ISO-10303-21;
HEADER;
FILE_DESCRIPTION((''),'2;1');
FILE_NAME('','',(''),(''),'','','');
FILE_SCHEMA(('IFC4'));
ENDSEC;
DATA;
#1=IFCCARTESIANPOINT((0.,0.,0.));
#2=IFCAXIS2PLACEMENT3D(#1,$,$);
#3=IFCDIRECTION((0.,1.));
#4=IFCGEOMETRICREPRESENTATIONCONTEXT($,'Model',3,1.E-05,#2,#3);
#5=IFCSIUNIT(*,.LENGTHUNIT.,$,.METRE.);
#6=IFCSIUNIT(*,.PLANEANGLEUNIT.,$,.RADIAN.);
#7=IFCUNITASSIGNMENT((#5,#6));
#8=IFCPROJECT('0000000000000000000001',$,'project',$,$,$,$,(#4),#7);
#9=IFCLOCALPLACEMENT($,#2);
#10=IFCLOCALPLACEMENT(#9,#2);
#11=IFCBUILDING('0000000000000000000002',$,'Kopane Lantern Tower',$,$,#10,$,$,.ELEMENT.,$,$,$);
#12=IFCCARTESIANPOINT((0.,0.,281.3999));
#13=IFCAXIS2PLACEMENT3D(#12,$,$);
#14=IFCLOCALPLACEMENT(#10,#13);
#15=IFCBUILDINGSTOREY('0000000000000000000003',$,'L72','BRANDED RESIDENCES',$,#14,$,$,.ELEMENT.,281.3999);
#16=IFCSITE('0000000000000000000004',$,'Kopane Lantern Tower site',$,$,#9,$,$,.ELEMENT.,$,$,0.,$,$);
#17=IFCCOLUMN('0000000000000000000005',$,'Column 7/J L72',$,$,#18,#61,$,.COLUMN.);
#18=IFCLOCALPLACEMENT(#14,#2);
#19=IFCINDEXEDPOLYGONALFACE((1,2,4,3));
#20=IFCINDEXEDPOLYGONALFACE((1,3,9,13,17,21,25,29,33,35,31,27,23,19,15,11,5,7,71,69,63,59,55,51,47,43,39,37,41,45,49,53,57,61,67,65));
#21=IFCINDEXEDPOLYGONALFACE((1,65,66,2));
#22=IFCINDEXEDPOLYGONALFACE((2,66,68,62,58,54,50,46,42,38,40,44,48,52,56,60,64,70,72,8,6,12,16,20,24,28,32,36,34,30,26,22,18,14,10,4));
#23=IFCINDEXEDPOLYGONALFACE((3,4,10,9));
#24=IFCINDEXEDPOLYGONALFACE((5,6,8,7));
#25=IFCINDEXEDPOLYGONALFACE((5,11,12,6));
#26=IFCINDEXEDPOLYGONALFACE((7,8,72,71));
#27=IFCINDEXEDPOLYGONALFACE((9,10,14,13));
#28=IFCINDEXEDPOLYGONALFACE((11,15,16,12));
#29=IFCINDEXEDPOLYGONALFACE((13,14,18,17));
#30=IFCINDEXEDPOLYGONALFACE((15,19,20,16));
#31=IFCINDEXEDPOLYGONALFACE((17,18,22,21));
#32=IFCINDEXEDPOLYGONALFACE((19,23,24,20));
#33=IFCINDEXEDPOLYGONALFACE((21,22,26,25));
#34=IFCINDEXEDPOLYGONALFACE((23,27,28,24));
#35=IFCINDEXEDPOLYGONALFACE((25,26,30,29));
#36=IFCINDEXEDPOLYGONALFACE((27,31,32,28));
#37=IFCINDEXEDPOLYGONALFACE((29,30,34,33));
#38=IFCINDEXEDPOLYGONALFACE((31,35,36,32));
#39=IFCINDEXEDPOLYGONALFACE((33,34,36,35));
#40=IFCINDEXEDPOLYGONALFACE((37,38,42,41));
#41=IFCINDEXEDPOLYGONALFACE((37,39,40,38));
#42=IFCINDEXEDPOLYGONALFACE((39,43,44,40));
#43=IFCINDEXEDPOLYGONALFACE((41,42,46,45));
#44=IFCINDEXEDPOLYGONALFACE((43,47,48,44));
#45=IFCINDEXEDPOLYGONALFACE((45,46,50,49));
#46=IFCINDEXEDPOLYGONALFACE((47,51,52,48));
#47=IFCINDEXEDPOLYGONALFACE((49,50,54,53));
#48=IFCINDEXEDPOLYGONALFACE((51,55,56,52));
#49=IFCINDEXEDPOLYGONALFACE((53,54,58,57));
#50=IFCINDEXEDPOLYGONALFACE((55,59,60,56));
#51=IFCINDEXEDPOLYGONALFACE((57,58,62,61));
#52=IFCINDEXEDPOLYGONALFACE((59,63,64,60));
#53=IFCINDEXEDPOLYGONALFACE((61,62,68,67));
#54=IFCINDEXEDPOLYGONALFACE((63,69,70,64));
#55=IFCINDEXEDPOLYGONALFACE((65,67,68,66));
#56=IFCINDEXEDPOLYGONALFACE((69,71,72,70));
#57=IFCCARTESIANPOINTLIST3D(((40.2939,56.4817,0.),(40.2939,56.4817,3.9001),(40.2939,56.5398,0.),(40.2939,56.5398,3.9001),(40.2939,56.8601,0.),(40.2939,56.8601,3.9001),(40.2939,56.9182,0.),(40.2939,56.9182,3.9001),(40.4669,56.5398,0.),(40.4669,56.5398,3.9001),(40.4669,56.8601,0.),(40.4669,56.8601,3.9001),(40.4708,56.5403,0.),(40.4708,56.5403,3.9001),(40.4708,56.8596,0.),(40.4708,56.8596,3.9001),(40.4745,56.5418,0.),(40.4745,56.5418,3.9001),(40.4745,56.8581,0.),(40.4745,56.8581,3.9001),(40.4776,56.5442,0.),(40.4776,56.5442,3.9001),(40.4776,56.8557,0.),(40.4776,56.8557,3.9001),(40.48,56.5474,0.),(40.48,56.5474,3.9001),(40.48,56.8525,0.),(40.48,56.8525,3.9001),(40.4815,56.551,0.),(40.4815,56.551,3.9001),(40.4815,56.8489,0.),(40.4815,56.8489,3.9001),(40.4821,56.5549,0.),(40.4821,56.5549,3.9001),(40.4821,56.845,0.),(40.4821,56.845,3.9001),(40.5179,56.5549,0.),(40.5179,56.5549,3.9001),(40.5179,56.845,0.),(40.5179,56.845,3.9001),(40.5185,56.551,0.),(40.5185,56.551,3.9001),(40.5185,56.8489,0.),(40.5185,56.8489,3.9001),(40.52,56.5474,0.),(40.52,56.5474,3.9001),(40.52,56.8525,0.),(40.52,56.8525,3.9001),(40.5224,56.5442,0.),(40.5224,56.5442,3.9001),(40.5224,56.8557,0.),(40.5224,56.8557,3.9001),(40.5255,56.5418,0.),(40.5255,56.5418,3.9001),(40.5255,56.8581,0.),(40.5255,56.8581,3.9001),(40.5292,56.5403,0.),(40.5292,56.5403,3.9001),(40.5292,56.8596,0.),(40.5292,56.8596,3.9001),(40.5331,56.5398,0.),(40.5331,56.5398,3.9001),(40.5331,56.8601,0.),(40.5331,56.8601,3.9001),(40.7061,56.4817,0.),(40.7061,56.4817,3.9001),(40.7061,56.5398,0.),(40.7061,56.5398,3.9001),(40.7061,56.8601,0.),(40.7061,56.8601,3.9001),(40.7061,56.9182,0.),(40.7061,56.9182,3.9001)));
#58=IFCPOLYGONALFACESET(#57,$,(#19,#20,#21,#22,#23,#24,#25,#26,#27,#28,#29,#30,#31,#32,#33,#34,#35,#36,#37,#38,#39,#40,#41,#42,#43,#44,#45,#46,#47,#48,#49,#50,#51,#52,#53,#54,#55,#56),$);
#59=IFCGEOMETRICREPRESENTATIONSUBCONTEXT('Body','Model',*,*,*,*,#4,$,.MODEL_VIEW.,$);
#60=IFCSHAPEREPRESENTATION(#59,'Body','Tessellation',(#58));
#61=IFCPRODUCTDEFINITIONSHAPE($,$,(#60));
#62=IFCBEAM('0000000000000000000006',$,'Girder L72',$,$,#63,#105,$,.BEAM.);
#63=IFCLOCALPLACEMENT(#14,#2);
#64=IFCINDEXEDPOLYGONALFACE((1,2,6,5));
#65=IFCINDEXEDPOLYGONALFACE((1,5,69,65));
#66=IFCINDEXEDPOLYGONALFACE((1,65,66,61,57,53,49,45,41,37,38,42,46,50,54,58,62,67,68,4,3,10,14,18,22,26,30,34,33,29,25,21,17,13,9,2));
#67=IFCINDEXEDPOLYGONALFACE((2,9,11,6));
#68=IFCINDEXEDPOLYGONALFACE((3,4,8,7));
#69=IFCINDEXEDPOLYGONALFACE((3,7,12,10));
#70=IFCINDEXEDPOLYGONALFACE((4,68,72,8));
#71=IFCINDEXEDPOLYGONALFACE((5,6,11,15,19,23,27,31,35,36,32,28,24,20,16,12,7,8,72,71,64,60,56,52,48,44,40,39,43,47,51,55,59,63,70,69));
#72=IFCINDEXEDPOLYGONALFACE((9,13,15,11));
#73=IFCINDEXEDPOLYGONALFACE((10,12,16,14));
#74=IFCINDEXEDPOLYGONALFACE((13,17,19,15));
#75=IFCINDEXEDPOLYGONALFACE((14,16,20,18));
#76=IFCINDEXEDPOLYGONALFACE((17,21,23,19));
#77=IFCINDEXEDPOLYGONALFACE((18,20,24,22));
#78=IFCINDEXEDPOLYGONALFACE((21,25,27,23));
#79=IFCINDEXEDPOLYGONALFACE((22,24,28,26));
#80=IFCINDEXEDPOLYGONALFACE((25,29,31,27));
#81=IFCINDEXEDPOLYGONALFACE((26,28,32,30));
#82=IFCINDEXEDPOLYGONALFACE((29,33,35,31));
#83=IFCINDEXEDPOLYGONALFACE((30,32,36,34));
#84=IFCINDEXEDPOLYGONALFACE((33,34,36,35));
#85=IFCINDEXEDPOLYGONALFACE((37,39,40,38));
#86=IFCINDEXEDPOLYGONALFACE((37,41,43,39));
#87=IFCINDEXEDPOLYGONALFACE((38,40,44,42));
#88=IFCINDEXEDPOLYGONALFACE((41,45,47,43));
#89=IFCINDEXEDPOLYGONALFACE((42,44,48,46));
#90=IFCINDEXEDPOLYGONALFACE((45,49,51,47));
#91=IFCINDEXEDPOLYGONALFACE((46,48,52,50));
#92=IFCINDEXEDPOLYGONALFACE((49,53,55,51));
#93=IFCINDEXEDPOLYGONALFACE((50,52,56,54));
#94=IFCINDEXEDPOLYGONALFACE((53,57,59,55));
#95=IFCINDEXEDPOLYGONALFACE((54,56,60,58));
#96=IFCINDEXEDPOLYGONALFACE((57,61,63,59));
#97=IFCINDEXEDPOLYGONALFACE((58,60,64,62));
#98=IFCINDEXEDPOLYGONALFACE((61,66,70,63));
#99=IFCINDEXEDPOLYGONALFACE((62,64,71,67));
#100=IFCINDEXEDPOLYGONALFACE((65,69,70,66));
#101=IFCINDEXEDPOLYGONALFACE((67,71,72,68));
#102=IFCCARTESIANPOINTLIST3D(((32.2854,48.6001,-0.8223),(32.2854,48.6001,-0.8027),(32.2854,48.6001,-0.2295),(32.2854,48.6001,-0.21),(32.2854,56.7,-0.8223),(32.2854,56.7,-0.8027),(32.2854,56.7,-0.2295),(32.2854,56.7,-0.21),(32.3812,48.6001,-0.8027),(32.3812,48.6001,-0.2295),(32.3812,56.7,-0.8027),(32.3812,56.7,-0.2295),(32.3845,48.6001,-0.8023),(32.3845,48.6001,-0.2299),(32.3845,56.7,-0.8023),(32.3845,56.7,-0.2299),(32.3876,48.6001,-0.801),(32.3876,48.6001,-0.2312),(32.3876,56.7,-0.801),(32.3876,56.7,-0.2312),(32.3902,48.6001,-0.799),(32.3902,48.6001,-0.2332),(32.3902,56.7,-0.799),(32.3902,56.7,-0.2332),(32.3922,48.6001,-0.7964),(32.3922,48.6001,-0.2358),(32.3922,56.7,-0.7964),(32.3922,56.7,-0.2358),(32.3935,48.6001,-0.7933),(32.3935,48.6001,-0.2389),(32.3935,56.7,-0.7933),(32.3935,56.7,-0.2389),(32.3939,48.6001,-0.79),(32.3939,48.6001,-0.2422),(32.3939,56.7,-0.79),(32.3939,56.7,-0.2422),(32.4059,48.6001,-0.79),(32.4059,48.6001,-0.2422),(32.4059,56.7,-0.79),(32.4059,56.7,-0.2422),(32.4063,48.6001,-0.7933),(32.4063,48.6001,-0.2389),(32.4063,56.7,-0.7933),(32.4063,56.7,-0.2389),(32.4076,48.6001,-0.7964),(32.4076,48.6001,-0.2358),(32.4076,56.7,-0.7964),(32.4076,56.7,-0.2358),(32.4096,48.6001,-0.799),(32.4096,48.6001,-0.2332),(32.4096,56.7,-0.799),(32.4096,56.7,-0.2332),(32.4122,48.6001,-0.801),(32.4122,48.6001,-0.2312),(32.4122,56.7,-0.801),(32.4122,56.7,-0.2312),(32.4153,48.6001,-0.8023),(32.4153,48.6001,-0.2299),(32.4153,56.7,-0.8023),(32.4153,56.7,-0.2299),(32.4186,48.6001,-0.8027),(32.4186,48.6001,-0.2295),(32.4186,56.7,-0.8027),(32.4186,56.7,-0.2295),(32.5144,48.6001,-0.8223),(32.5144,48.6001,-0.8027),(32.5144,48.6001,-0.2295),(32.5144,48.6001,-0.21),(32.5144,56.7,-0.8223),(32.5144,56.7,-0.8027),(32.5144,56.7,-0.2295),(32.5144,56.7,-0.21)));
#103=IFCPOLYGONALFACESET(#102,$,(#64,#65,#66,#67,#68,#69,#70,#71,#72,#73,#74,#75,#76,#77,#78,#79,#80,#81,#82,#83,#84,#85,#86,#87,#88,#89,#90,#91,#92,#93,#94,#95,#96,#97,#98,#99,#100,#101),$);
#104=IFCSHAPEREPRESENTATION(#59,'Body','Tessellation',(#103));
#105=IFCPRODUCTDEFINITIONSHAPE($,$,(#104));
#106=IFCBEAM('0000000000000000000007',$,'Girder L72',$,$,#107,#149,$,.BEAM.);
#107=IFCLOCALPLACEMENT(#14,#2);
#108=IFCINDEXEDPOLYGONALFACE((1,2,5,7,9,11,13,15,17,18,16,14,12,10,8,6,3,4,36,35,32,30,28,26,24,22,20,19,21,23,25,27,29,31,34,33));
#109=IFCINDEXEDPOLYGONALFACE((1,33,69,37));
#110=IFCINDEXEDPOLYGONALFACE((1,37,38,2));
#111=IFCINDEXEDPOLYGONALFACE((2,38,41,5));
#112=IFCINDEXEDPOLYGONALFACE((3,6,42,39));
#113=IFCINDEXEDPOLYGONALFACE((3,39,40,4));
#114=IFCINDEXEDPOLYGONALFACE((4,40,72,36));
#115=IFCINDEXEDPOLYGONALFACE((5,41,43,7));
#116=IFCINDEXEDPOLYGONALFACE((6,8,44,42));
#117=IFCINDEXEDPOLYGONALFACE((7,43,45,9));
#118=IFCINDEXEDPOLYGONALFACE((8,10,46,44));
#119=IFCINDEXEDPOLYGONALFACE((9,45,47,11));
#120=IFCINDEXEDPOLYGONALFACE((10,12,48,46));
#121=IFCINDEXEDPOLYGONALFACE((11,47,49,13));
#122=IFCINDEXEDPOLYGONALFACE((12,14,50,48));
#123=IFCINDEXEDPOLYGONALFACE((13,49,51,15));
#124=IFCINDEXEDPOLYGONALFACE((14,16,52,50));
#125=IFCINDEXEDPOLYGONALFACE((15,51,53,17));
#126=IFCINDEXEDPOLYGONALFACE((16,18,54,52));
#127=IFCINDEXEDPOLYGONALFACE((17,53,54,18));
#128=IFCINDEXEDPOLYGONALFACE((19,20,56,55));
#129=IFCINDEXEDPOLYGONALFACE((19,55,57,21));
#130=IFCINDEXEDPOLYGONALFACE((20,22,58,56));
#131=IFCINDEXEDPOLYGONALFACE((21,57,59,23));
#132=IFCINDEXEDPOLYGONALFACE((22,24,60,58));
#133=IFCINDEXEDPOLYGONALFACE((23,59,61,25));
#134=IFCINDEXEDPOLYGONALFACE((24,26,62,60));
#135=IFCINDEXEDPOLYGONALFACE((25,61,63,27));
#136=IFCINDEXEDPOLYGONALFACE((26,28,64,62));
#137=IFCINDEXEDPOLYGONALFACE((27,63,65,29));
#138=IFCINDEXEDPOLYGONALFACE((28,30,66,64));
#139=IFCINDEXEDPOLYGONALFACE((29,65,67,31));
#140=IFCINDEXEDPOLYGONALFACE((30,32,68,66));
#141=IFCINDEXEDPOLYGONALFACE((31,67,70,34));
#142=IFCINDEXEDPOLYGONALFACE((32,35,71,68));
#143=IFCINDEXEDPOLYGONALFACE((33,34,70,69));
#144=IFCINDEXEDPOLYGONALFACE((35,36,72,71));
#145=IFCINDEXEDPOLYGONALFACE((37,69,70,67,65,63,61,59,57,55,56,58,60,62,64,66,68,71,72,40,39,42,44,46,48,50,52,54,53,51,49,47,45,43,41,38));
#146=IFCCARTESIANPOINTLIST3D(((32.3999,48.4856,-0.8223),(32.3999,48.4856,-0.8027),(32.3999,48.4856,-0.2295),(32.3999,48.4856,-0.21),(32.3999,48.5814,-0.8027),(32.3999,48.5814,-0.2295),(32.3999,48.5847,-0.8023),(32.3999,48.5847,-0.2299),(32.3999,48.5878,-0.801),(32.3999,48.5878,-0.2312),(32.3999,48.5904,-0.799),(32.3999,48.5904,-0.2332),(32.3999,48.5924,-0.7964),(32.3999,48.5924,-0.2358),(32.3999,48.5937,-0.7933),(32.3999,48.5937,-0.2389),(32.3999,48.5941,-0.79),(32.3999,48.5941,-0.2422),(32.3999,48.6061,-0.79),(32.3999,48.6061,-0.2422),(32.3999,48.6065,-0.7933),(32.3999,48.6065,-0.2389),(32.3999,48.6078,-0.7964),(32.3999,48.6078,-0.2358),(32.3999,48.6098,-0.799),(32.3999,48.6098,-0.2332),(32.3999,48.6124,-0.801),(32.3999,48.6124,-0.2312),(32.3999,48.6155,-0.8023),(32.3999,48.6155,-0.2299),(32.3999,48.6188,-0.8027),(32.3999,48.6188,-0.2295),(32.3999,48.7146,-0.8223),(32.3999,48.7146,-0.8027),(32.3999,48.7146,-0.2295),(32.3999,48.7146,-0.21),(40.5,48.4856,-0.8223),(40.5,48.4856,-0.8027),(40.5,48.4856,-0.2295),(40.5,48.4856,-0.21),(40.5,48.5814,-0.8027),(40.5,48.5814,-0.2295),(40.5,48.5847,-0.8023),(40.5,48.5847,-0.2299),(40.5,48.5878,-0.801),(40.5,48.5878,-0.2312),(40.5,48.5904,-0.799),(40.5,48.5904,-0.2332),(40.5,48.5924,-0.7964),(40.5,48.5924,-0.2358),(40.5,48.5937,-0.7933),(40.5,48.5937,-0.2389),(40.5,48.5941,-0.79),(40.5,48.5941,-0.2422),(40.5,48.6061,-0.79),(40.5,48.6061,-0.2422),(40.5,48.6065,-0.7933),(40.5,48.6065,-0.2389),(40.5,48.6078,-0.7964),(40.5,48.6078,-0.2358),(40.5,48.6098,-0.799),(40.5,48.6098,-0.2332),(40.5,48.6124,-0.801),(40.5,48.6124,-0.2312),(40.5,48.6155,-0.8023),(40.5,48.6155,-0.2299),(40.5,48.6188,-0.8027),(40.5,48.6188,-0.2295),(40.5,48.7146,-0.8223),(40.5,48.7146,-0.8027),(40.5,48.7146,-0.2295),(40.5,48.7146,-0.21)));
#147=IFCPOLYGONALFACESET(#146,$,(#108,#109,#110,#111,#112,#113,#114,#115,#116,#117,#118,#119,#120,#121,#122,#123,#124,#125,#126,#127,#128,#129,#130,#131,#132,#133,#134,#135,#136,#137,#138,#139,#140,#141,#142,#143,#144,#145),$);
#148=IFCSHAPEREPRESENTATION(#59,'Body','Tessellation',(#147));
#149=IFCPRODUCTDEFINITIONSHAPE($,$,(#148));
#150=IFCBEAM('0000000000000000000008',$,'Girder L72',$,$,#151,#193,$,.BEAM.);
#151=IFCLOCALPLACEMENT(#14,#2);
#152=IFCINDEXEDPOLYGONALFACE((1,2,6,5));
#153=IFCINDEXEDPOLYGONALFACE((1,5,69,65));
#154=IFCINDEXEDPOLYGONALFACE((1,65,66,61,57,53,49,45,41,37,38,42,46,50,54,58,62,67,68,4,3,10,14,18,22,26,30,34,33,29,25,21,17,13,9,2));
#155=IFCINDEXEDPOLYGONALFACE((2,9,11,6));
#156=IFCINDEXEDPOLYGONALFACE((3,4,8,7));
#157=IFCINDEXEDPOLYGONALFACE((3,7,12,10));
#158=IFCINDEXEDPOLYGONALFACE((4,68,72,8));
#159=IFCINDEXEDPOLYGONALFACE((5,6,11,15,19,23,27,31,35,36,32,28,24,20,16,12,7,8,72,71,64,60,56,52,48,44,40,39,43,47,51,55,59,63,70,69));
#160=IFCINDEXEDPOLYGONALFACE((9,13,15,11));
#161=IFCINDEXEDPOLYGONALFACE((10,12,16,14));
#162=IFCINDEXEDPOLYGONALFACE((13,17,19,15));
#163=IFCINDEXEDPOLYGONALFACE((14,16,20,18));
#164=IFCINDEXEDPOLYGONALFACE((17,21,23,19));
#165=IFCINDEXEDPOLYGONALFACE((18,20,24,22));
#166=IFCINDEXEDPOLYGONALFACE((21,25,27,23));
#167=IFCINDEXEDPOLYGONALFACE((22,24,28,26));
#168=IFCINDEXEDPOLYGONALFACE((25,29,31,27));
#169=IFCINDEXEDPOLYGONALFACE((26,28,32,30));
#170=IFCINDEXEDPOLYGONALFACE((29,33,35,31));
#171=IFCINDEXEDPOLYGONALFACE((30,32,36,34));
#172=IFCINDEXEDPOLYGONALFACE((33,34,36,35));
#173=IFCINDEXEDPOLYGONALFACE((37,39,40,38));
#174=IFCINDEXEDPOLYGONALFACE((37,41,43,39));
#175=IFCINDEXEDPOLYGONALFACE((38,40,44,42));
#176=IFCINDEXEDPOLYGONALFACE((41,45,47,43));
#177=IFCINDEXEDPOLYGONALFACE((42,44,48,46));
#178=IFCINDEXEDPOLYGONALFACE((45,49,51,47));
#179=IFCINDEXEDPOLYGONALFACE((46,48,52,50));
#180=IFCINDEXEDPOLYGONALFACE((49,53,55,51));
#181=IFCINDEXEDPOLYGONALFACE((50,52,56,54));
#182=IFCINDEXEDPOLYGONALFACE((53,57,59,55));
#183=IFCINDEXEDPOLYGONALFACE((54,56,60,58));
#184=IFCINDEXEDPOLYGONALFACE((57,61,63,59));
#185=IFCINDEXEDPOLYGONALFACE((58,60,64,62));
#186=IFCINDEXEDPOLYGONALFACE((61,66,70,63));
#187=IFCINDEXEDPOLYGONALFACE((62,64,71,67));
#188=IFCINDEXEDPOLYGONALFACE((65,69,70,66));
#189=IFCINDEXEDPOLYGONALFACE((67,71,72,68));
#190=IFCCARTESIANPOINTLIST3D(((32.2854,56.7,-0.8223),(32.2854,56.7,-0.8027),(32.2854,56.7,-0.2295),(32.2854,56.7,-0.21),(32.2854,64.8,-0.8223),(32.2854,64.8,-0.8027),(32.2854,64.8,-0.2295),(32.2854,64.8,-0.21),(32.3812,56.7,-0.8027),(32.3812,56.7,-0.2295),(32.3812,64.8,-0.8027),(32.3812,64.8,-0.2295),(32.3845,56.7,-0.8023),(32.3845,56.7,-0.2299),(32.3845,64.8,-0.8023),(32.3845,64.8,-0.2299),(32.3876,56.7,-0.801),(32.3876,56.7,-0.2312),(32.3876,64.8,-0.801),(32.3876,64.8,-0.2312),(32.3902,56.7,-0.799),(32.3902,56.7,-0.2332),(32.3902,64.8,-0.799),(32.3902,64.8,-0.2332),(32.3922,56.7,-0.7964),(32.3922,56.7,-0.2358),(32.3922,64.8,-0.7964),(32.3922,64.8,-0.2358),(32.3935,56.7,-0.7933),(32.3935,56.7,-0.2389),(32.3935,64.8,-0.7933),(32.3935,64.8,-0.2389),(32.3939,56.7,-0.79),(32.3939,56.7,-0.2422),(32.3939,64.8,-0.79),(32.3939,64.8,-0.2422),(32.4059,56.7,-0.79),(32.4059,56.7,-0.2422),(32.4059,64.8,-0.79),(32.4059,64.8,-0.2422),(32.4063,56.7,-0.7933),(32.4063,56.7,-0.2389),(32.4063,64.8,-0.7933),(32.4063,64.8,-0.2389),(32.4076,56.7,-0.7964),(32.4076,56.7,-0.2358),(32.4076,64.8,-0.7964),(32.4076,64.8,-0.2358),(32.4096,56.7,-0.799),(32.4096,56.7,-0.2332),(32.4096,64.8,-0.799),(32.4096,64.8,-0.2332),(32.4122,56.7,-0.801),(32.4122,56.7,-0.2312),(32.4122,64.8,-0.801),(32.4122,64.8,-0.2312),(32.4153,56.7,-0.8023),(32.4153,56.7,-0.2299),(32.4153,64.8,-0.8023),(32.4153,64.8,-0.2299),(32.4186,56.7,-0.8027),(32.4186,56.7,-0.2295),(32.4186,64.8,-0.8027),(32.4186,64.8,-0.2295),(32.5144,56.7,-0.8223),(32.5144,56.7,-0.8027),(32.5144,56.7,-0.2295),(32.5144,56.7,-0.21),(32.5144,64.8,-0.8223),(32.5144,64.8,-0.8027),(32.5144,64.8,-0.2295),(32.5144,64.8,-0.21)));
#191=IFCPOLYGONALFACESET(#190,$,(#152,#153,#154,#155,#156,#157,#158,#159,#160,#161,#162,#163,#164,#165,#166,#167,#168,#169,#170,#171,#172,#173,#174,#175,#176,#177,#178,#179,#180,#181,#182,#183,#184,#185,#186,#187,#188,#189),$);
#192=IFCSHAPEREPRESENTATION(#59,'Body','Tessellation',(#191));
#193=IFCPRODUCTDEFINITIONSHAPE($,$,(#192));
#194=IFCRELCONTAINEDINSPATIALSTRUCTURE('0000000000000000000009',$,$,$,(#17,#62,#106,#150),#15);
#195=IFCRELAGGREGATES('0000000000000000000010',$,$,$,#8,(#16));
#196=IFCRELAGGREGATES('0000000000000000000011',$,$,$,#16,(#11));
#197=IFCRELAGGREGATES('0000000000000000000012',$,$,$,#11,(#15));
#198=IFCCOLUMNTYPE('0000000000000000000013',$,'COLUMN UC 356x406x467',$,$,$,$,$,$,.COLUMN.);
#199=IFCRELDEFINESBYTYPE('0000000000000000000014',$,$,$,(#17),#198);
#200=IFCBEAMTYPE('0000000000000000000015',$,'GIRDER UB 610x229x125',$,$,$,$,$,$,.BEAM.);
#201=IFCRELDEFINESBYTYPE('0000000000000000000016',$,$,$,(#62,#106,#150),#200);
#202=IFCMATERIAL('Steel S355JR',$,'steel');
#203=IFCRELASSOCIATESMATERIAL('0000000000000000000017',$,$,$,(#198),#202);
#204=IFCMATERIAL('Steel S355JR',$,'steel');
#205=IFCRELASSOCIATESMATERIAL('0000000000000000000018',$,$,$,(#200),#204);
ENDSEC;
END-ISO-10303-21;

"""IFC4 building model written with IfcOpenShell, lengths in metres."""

from ifc_helpers import new_model, si_unit, direction, frame, origin, origin_2d, place, context, subcontext, project, spatial, i_section, extrude, material, material_profile, profile_set, type_object, element, save


model = new_model("IFC4")

# Units and contexts
model_context = context("Model", 3, precision=1e-05, world=origin(), true_north=direction((0.0, 1.0)))
body_context = subcontext(model_context, "Body", "Model", "MODEL_VIEW")
ifc_project = project(units=[si_unit("LENGTHUNIT", "METRE"), si_unit("PLANEANGLEUNIT", "RADIAN")], contexts=[model_context])

# Site, building, storey
site_placement = place(None, origin())
site = spatial("IfcSite", under=ifc_project, at=site_placement, Name="Kopane Lantern Tower site", CompositionType="ELEMENT", RefElevation=0.0)
building_placement = place(site_placement, origin())
building = spatial("IfcBuilding", under=site, at=building_placement, Name="Kopane Lantern Tower", CompositionType="ELEMENT")
storey_placement = place(building_placement, frame((0.0, 0.0, 281.3999)))
storey = spatial("IfcBuildingStorey", under=building, at=storey_placement, Name="L72", Description="BRANDED RESIDENCES", CompositionType="ELEMENT", Elevation=281.3999)

# Column
ifc_material_1 = material(Name="Steel S355JR", Category="steel")
ifc_material_profile_1 = material_profile(ifc_material_1, i_section(OverallWidth=0.4121, OverallDepth=0.4365, WebThickness=0.0359, FlangeThickness=0.0581, FilletRadius=0.0151, at=origin_2d()), Name="UC 356x406x467")
ifc_profile_set_1 = profile_set([ifc_material_profile_1], Name="Steel S355JR")
column_type_1 = type_object("IfcColumnType", Name="COLUMN UC 356x406x467", PredefinedType="COLUMN", material=ifc_profile_set_1)
for number, where, z_axis, x_axis, name in (
    (1, (40.5, 56.7, 0.0), (0.0, 0.0, 1.0), (1.0, 0.0, 0.0), "Column 7/J L72"),
):
    element("IfcColumn", number, at=place(storey_placement, frame(where, z_axis=z_axis, x_axis=x_axis)), inside=storey, type_object=column_type_1, Name=name, PredefinedType="COLUMN", context=body_context, shape_type="SweptSolid", body=[
        extrude(i_section(OverallWidth=0.4121, OverallDepth=0.4365, WebThickness=0.0359, FlangeThickness=0.0581, FilletRadius=0.0151, at=origin_2d()), origin(), (0.0, 0.0, 1.0), 3.9001),
    ])

# Beams
ifc_material_2 = material(Name="Steel S355JR", Category="steel")
ifc_material_profile_2 = material_profile(ifc_material_2, i_section(OverallWidth=0.229, OverallDepth=0.6123, WebThickness=0.012, FlangeThickness=0.0195, FilletRadius=0.0127, at=origin_2d()), Name="UB 610x229x125")
ifc_profile_set_2 = profile_set([ifc_material_profile_2], Name="Steel S355JR")
beam_type = type_object("IfcBeamType", Name="GIRDER UB 610x229x125", PredefinedType="BEAM", material=ifc_profile_set_2)
beam_1_placement = place(storey_placement, frame((32.3999, 48.6001, -0.5161), z_axis=(0.0, 1.0, 0.0), x_axis=(-1.0, 0.0, 0.0)))
element("IfcBeam", 2, at=beam_1_placement, inside=storey, type_object=beam_type, Name="Girder L72", PredefinedType="BEAM", context=body_context, shape_type="SweptSolid", body=[
    extrude(i_section(OverallWidth=0.229, OverallDepth=0.6123, WebThickness=0.012, FlangeThickness=0.0195, FilletRadius=0.0127, at=origin_2d()), origin(), (0.0, 0.0, 1.0), 8.0999),
])
for number, where, z_axis, x_axis, name in (
    (3, (32.3999, 48.6001, -0.5161), (1.0, 0.0, 0.0), (0.0, 1.0, 0.0), "Girder L72"),
    (4, (32.3999, 56.7, -0.5161), (0.0, 1.0, 0.0), (-1.0, 0.0, 0.0), "Girder L72"),
):
    element("IfcBeam", number, at=place(storey_placement, frame(where, z_axis=z_axis, x_axis=x_axis)), inside=storey, type_object=beam_type, Name=name, PredefinedType="BEAM", context=body_context, shape_type="SweptSolid", body=[
        extrude(i_section(OverallWidth=0.229, OverallDepth=0.6123, WebThickness=0.012, FlangeThickness=0.0195, FilletRadius=0.0127, at=origin_2d()), origin(), (0.0, 0.0, 1.0), 8.1001),
    ])

save(model, "model.ifc")
